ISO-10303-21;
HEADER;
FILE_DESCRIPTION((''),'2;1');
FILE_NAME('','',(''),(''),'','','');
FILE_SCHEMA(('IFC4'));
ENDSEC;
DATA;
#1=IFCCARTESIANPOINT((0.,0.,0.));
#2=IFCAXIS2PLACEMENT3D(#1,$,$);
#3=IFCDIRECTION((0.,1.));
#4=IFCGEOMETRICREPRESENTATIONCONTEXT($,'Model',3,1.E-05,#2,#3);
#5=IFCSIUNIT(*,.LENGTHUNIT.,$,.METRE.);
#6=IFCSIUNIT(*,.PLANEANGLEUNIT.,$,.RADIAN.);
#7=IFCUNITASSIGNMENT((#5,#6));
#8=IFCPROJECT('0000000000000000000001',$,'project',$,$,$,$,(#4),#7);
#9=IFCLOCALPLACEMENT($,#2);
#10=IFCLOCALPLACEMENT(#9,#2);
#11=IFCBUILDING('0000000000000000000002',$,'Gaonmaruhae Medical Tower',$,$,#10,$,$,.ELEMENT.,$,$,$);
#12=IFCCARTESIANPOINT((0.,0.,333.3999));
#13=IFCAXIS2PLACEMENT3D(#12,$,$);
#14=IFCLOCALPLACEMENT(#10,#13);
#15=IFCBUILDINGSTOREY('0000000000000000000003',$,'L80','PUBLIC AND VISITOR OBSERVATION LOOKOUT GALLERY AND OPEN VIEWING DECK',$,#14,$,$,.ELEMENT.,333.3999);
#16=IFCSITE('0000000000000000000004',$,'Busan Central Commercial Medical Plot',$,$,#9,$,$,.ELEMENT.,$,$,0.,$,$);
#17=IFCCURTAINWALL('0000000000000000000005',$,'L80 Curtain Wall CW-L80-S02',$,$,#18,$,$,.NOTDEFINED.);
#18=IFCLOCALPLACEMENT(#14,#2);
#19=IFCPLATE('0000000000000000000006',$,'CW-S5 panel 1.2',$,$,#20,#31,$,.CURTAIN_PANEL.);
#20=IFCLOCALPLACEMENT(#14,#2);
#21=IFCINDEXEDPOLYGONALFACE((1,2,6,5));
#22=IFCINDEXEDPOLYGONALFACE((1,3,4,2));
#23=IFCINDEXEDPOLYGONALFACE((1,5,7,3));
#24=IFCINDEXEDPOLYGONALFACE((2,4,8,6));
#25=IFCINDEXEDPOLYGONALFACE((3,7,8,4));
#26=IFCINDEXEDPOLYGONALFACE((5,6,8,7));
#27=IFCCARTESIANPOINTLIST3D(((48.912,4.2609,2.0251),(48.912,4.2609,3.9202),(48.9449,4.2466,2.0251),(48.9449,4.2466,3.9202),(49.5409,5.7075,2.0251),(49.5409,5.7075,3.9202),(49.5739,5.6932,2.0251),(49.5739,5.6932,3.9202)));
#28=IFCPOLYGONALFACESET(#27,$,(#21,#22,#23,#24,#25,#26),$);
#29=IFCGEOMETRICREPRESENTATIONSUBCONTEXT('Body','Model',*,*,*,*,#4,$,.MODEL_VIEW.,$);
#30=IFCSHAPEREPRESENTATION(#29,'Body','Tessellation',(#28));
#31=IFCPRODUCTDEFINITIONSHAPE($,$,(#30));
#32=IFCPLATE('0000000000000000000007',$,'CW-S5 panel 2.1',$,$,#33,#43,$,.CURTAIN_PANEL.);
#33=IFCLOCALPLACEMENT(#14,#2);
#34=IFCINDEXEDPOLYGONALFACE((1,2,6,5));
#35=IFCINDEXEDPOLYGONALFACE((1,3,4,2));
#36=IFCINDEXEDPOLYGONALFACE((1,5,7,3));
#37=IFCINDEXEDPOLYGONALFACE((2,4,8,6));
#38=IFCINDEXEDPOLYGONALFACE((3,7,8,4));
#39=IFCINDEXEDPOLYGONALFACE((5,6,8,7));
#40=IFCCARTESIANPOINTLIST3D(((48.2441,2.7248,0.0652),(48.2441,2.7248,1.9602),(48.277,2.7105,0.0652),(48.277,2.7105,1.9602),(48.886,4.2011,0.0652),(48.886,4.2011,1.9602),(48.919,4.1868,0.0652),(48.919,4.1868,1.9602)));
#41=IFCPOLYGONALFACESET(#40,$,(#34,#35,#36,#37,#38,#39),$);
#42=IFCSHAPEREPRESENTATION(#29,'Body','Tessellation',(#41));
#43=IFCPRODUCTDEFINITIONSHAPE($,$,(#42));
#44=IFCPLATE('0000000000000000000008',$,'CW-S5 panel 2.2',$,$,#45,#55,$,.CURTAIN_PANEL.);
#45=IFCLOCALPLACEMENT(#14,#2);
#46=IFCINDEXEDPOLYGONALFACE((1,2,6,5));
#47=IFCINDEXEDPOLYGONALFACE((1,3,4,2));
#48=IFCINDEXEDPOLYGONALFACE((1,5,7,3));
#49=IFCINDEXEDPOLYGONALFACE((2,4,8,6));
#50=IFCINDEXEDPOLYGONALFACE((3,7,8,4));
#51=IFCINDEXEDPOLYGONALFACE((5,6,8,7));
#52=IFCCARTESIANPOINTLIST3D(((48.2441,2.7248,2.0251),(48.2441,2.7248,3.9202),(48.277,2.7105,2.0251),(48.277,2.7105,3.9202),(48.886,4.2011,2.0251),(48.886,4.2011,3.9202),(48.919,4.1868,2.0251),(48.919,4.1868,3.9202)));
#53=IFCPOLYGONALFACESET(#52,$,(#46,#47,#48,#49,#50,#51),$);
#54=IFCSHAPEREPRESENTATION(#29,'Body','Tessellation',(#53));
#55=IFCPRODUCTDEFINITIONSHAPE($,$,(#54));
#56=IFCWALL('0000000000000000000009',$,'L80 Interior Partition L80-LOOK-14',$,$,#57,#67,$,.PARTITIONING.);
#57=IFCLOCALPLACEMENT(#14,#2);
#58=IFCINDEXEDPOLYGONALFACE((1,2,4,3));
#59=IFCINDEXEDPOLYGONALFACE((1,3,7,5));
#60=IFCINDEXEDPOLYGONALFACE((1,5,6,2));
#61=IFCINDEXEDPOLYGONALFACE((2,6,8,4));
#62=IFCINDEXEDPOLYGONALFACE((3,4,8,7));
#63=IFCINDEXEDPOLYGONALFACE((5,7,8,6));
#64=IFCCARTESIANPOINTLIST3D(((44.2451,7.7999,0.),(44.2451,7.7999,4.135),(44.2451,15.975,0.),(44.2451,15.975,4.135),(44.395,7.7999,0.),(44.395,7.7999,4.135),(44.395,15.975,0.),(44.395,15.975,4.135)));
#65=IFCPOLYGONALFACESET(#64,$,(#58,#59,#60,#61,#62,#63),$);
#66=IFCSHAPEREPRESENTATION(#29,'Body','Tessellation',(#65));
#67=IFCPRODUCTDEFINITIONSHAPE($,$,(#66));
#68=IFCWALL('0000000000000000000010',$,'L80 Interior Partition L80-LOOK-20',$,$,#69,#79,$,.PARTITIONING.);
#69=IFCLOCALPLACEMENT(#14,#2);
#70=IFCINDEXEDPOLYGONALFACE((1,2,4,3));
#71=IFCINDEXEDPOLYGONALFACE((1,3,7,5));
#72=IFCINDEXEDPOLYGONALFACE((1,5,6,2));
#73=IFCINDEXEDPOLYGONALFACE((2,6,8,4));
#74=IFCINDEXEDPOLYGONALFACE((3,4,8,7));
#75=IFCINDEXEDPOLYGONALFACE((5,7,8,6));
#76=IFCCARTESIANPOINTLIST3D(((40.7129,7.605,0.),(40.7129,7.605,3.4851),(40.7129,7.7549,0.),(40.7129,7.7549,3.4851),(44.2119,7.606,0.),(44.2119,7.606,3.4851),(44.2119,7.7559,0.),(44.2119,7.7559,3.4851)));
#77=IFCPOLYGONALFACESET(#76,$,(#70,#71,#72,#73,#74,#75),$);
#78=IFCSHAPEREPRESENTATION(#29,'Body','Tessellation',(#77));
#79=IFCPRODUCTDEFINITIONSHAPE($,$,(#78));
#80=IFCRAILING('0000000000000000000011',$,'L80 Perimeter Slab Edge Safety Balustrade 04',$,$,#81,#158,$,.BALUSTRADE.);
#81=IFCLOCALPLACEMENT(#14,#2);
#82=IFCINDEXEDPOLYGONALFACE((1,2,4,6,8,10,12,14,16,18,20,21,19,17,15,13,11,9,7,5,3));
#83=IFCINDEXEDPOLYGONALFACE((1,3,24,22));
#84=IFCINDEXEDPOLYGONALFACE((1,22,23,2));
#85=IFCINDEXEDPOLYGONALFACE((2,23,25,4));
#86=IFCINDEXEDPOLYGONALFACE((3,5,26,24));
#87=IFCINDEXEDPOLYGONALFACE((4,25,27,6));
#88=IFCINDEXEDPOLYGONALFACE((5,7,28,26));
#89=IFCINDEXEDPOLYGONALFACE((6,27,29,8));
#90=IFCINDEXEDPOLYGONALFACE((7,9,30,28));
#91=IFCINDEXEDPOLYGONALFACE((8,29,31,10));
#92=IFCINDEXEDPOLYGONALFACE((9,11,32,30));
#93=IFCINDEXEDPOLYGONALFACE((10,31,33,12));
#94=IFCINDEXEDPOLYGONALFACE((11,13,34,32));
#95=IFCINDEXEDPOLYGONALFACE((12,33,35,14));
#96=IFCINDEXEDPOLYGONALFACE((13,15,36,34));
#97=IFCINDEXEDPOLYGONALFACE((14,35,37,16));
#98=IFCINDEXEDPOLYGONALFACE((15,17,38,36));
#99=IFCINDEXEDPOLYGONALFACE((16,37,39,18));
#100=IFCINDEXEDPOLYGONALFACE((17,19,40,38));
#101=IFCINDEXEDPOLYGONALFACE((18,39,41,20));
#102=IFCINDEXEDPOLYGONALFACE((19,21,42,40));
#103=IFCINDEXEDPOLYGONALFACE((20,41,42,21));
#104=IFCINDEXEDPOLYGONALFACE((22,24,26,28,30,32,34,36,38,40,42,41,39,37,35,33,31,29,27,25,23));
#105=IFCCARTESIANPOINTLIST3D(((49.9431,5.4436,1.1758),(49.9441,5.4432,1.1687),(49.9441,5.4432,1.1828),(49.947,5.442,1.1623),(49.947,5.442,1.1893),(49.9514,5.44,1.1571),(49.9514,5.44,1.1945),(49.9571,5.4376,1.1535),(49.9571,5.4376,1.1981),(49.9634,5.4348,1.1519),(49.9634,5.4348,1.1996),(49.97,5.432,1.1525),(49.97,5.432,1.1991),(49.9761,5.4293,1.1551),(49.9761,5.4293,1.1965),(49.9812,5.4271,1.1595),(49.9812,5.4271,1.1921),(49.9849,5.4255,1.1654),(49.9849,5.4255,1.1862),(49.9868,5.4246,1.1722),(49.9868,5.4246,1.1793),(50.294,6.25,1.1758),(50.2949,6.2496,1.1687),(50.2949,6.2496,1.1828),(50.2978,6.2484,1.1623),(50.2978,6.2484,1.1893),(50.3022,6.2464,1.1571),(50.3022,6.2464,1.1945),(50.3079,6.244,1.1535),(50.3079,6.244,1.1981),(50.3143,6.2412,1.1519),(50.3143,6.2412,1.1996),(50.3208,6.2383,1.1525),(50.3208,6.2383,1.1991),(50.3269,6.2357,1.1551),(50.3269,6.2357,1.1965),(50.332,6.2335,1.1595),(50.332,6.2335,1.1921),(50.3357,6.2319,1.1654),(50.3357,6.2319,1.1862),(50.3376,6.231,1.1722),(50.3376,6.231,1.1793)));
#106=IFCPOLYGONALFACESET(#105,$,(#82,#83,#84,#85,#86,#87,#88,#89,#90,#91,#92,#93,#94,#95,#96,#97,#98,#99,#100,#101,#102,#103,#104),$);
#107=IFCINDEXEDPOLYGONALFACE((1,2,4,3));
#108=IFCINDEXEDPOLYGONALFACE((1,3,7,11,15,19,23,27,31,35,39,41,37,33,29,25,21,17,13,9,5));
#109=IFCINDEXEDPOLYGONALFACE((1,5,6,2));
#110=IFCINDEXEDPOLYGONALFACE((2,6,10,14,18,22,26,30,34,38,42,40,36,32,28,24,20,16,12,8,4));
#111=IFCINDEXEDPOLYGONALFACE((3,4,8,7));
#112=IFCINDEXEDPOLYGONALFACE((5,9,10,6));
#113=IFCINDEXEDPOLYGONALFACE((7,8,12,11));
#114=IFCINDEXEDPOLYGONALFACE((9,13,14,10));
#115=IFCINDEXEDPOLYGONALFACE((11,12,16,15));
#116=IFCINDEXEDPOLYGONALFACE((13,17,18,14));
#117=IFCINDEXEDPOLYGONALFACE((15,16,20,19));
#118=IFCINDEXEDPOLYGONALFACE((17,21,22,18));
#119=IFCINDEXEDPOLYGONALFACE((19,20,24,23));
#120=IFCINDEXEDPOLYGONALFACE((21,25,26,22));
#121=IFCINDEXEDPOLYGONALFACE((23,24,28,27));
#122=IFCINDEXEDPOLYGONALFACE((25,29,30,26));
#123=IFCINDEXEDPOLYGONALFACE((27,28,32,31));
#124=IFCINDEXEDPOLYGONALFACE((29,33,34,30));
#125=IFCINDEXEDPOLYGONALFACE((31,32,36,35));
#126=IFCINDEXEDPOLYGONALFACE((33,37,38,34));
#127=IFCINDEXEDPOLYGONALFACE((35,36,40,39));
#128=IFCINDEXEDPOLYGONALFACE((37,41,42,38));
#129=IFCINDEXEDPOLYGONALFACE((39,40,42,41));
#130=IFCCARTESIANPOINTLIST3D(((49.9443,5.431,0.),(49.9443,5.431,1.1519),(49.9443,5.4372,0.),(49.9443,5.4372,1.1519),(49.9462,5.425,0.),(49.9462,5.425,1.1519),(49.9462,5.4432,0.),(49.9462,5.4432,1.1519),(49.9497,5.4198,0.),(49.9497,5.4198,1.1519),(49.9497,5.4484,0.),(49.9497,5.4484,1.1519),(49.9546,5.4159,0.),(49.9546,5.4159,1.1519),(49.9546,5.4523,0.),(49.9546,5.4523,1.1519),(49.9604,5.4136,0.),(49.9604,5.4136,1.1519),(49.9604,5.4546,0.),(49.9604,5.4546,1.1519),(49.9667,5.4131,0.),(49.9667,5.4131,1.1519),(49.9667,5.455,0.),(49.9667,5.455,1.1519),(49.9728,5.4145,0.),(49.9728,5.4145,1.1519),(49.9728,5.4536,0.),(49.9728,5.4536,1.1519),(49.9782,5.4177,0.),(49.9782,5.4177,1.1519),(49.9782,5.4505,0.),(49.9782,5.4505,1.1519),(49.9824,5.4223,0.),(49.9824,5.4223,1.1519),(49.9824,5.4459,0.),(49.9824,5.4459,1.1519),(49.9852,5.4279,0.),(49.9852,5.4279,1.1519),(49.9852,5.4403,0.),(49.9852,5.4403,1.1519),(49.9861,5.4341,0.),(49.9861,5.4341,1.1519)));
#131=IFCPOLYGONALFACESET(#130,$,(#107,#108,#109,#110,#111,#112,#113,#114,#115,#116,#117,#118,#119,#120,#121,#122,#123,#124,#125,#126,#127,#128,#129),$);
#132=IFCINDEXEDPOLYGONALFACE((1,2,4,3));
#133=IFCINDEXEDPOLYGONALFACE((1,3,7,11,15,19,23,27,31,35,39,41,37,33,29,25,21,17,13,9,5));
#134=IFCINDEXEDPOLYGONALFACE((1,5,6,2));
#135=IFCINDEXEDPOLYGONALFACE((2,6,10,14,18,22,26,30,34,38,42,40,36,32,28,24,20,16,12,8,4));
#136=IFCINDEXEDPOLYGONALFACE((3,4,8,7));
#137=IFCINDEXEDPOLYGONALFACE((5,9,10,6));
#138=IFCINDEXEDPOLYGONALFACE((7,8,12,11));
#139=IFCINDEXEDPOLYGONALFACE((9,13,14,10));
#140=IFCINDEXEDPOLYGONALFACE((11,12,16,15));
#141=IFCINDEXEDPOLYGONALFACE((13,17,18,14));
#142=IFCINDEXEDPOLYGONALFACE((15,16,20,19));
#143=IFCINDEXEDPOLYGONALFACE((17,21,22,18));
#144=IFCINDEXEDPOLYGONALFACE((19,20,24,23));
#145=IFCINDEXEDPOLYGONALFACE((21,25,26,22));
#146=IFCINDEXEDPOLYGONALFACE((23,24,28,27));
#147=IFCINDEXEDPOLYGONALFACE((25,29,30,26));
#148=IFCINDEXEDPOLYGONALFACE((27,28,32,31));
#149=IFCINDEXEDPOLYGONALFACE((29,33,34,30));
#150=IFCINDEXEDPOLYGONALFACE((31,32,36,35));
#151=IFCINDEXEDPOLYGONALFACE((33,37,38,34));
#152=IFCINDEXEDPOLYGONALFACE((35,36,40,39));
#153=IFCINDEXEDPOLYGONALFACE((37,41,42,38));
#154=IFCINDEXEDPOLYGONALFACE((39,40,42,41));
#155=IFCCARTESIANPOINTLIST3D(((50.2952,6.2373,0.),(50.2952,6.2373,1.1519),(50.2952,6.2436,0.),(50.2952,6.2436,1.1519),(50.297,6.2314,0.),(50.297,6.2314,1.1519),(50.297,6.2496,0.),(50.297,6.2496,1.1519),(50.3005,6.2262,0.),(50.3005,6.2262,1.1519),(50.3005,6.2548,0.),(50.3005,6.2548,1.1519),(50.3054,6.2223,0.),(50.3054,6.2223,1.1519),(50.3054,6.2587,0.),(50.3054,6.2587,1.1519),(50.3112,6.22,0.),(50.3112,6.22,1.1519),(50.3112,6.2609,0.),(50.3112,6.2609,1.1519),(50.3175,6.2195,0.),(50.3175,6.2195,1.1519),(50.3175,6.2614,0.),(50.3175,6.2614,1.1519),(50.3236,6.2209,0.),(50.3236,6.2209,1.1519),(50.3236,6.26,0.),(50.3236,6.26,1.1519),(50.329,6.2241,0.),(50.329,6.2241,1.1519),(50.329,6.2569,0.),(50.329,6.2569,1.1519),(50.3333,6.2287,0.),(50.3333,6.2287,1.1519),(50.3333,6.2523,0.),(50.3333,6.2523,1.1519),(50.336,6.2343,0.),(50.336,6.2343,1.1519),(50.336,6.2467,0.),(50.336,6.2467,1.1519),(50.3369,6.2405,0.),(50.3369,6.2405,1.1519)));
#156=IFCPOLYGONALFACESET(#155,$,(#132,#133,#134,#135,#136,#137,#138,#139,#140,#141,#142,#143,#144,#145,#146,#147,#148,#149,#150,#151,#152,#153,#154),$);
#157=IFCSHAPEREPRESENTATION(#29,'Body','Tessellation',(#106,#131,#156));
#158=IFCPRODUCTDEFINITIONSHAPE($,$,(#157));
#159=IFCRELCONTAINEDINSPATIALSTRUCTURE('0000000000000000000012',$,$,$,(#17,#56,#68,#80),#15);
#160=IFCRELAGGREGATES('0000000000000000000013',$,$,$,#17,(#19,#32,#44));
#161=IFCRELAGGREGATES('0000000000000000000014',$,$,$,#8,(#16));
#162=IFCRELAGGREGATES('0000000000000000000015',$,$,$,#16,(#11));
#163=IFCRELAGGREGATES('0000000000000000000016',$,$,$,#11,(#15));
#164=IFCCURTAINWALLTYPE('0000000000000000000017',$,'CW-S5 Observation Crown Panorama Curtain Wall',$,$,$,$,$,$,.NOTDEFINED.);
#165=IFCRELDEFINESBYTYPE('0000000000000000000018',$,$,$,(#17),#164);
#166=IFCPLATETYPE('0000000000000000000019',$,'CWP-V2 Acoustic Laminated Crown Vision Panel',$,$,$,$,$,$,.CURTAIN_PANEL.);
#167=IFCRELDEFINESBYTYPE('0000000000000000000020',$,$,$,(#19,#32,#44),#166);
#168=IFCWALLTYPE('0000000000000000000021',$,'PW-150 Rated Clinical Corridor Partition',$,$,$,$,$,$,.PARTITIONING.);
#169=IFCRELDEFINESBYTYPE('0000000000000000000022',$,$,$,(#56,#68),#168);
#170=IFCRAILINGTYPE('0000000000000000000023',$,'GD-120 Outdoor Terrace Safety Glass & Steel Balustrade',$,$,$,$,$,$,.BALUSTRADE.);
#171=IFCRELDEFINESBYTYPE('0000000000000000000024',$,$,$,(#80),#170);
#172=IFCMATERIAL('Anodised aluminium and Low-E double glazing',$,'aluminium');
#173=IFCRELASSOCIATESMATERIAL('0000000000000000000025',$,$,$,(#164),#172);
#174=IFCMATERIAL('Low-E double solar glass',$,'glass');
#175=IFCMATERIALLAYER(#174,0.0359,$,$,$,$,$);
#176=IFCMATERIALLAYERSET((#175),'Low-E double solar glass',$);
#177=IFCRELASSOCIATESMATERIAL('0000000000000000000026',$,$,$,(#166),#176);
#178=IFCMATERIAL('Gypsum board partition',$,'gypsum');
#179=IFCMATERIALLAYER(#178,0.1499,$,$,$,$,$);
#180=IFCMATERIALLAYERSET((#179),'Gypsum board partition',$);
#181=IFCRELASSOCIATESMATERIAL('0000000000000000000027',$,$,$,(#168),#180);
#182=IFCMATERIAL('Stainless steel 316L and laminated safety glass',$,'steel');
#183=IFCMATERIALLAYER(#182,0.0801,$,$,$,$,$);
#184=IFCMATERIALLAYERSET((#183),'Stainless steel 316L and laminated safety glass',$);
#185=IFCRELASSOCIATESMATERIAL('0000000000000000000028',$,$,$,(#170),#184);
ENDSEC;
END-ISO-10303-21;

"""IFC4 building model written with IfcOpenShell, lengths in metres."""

from ifc_helpers import new_model, si_unit, direction, frame, frame_2d, origin, origin_2d, place, context, subcontext, project, spatial, rectangle, circle, extrude, material, layer, layer_set, type_object, element, aggregate, save


model = new_model("IFC4")

# Units and contexts
model_context = context("Model", 3, precision=1e-05, world=origin(), true_north=direction((0.0, 1.0)))
body_context = subcontext(model_context, "Body", "Model", "MODEL_VIEW")
ifc_project = project(units=[si_unit("LENGTHUNIT", "METRE"), si_unit("PLANEANGLEUNIT", "RADIAN")], contexts=[model_context])

# Site, building, storey
site_placement = place(None, origin())
site = spatial("IfcSite", under=ifc_project, at=site_placement, Name="Busan Central Commercial Medical Plot", CompositionType="ELEMENT", RefElevation=0.0)
building_placement = place(site_placement, origin())
building = spatial("IfcBuilding", under=site, at=building_placement, Name="Gaonmaruhae Medical Tower", CompositionType="ELEMENT")
storey_placement = place(building_placement, frame((0.0, 0.0, 333.3999)))
storey = spatial("IfcBuildingStorey", under=building, at=storey_placement, Name="L80", Description="PUBLIC AND VISITOR OBSERVATION LOOKOUT GALLERY AND OPEN VIEWING DECK", CompositionType="ELEMENT", Elevation=333.3999)

# Curtain wall
ifc_material_1 = material(Name="Anodised aluminium and Low-E double glazing", Category="aluminium")
curtain_wall_type = type_object("IfcCurtainWallType", Name="CW-S5 Observation Crown Panorama Curtain Wall", PredefinedType="NOTDEFINED", material=ifc_material_1)
curtain_wall_placement = place(storey_placement, origin())
curtain_wall = element("IfcCurtainWall", 1, at=curtain_wall_placement, inside=storey, type_object=curtain_wall_type, Name="L80 Curtain Wall CW-L80-S02", PredefinedType="NOTDEFINED")

# Plates
ifc_material_2 = material(Name="Low-E double solar glass", Category="glass")
ifc_layer_1 = layer(ifc_material_2, 0.0359)
ifc_layer_set_1 = layer_set([ifc_layer_1], Name="Low-E double solar glass")
plate_type = type_object("IfcPlateType", Name="CWP-V2 Acoustic Laminated Crown Vision Panel", PredefinedType="CURTAIN_PANEL", material=ifc_layer_set_1)
plate_1_placement = place(storey_placement, frame((49.2429, 4.9771, 2.0251), z_axis=(0.0, 0.0, 1.0), x_axis=(-0.398732, -0.917068, 0.0)))
plate_1 = element("IfcPlate", 2, at=plate_1_placement, type_object=plate_type, Name="CW-S5 panel 1.2", PredefinedType="CURTAIN_PANEL", context=body_context, shape_type="SweptSolid", body=[
    extrude(rectangle(XDim=1.5774, YDim=0.0359, at=origin_2d()), origin(), (0.0, 0.0, 1.0), 1.895),
])
plate_2_placement = place(storey_placement, frame((48.5815, 3.4558, 0.0652), z_axis=(0.0, 0.0, 1.0), x_axis=(-0.398732, -0.917068, 0.0)))
plate_2 = element("IfcPlate", 3, at=plate_2_placement, type_object=plate_type, Name="CW-S5 panel 2.1", PredefinedType="CURTAIN_PANEL", context=body_context, shape_type="SweptSolid", body=[
    extrude(rectangle(XDim=1.6099, YDim=0.0359, at=origin_2d()), origin(), (0.0, 0.0, 1.0), 1.895),
])
plate_3_placement = place(storey_placement, frame((48.5815, 3.4558, 2.0251), z_axis=(0.0, 0.0, 1.0), x_axis=(-0.398732, -0.917068, 0.0)))
plate_3 = element("IfcPlate", 4, at=plate_3_placement, type_object=plate_type, Name="CW-S5 panel 2.2", PredefinedType="CURTAIN_PANEL", context=body_context, shape_type="SweptSolid", body=[
    extrude(rectangle(XDim=1.6099, YDim=0.0359, at=origin_2d()), origin(), (0.0, 0.0, 1.0), 1.895),
])
aggregate(curtain_wall, [plate_1, plate_2, plate_3])

# Walls
ifc_material_3 = material(Name="Gypsum board partition", Category="gypsum")
ifc_layer_2 = layer(ifc_material_3, 0.1499)
ifc_layer_set_2 = layer_set([ifc_layer_2], Name="Gypsum board partition")
wall_type = type_object("IfcWallType", Name="PW-150 Rated Clinical Corridor Partition", PredefinedType="PARTITIONING", material=ifc_layer_set_2)
wall_1_placement = place(storey_placement, frame((44.3201, 7.8, 0.0), z_axis=(0.0, 0.0, 1.0), x_axis=(0.0, 1.0, 0.0)))
element("IfcWall", 5, at=wall_1_placement, inside=storey, type_object=wall_type, Name="L80 Interior Partition L80-LOOK-14", PredefinedType="PARTITIONING", context=body_context, shape_type="SweptSolid", body=[
    extrude(rectangle(XDim=8.175, YDim=0.1499, at=frame_2d((4.0874, 0.0))), origin(), (0.0, 0.0, 1.0), 4.135),
])
wall_2_placement = place(storey_placement, frame((40.7129, 7.6799, 0.0), z_axis=(0.0, 0.0, 1.0), x_axis=(1.0, 0.000279, 0.0)))
element("IfcWall", 6, at=wall_2_placement, inside=storey, type_object=wall_type, Name="L80 Interior Partition L80-LOOK-20", PredefinedType="PARTITIONING", context=body_context, shape_type="SweptSolid", body=[
    extrude(rectangle(XDim=3.499, YDim=0.1499, at=frame_2d((1.7495, 0.0))), origin(), (0.0, 0.0, 1.0), 3.4851),
])

# Railing
ifc_material_4 = material(Name="Stainless steel 316L and laminated safety glass", Category="steel")
ifc_layer_3 = layer(ifc_material_4, 0.0801)
ifc_layer_set_3 = layer_set([ifc_layer_3], Name="Stainless steel 316L and laminated safety glass")
railing_type = type_object("IfcRailingType", Name="GD-120 Outdoor Terrace Safety Glass & Steel Balustrade", PredefinedType="BALUSTRADE", material=ifc_layer_set_3)
railing_placement = place(storey_placement, frame((49.9651, 5.4341, 0.0)))
element("IfcRailing", 7, at=railing_placement, inside=storey, type_object=railing_type, Name="L80 Perimeter Slab Edge Safety Balustrade 04", PredefinedType="BALUSTRADE", context=body_context, shape_type="SweptSolid", body=[
    extrude(circle(Radius=0.0239, at=origin_2d()), frame((0.0, 0.0, 1.1758), z_axis=(0.398939, 0.916977, 0.0), x_axis=(-0.916977, 0.398939, 0.0)), (0.0, 0.0, 1.0), 0.8794),
    extrude(circle(Radius=0.021, at=origin_2d()), origin(), (0.0, 0.0, 1.0), 1.1519),
    extrude(circle(Radius=0.021, at=origin_2d()), frame((0.3508, 0.8064, 0.0)), (0.0, 0.0, 1.0), 1.1519),
])

save(model, "model.ifc")
